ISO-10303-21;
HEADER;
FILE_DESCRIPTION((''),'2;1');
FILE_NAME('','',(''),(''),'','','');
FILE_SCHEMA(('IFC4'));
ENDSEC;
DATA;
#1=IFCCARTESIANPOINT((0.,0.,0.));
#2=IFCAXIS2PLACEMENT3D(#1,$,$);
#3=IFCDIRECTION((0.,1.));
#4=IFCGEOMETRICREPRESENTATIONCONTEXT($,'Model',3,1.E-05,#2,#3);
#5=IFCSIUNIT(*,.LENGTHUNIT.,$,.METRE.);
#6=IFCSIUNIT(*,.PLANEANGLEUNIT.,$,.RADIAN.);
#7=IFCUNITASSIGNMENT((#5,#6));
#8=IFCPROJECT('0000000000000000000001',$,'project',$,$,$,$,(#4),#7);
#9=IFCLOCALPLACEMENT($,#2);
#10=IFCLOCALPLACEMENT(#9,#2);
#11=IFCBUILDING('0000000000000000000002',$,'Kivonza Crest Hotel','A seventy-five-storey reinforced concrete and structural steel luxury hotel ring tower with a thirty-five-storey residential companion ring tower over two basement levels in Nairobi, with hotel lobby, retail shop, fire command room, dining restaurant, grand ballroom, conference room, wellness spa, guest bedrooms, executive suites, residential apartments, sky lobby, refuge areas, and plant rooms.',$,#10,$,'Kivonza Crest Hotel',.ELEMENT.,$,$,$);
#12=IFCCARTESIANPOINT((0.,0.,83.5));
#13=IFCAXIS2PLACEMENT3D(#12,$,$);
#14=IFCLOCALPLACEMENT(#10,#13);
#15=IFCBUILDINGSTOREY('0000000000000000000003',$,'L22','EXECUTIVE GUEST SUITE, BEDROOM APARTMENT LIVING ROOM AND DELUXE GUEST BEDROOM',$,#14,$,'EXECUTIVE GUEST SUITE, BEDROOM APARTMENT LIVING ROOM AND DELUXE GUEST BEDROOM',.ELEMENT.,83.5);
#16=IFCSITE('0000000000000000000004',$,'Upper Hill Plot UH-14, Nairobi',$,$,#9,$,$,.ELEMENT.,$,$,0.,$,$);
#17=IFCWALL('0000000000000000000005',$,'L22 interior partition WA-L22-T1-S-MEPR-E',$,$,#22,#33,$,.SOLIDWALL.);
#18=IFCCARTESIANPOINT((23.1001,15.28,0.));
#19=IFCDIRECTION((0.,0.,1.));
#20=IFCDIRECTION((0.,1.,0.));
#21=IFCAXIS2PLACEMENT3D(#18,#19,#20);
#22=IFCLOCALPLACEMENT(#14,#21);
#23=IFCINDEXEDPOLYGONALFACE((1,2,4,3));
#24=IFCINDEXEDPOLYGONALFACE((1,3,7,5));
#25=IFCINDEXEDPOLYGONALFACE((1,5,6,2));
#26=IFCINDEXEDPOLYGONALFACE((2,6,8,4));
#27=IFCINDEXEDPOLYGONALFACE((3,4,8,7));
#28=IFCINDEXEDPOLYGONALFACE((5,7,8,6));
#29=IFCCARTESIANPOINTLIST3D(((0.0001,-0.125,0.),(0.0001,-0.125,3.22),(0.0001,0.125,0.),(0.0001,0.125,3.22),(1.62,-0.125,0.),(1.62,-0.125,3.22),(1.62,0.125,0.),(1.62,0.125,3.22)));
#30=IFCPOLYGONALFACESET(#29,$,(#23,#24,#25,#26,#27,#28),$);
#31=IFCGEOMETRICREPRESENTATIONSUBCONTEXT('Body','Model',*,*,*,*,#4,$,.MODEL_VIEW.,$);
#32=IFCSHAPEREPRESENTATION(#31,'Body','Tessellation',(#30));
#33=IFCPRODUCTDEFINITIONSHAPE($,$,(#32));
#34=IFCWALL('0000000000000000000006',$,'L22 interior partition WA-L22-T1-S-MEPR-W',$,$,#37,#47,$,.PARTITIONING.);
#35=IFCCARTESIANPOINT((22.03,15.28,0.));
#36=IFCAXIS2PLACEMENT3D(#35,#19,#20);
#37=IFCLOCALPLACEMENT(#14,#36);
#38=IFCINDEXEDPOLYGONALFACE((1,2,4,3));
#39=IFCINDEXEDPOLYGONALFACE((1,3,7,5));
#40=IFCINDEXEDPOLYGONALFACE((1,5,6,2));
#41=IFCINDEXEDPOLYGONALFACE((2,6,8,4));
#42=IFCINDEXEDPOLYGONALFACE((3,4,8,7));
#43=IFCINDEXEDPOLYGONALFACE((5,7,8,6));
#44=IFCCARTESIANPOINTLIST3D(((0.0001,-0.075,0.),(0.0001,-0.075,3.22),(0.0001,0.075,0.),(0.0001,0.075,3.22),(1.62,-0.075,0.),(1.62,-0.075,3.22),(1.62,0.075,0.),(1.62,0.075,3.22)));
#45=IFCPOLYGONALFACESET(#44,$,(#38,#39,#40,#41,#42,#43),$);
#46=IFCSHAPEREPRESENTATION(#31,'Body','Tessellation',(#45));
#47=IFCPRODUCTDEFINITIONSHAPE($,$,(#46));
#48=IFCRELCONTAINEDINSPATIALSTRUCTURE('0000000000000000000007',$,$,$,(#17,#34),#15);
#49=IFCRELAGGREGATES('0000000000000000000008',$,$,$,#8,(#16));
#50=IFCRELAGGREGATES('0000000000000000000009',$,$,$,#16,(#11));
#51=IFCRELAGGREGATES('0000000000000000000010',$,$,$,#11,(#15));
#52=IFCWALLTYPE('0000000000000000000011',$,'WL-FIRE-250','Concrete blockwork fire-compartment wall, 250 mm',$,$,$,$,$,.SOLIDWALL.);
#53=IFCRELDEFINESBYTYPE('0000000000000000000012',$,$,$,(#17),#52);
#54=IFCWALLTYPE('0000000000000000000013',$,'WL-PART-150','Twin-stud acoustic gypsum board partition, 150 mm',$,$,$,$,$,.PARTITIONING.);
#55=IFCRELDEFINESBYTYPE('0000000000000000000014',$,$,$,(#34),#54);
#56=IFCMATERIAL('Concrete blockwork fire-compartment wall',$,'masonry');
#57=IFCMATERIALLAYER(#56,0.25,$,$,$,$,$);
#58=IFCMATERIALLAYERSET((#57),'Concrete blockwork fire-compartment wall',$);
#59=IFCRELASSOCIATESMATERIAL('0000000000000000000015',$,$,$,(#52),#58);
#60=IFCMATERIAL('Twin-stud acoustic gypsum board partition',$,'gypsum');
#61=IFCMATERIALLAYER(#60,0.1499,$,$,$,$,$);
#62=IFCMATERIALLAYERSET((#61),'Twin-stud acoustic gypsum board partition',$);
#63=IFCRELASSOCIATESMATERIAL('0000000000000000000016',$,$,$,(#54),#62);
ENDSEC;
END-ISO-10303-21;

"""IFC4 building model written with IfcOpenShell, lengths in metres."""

from ifc_helpers import new_model, si_unit, direction, frame, frame_2d, origin, place, context, subcontext, project, spatial, rectangle, extrude, material, layer, layer_set, type_object, element, save


model = new_model("IFC4")

# Units and contexts
model_context = context("Model", 3, precision=1e-05, world=origin(), true_north=direction((0.0, 1.0)))
body_context = subcontext(model_context, "Body", "Model", "MODEL_VIEW")
ifc_project = project(units=[si_unit("LENGTHUNIT", "METRE"), si_unit("PLANEANGLEUNIT", "RADIAN")], contexts=[model_context])

# Site, building, storey
site_placement = place(None, origin())
site = spatial("IfcSite", under=ifc_project, at=site_placement, Name="Upper Hill Plot UH-14, Nairobi", CompositionType="ELEMENT", RefElevation=0.0)
building_placement = place(site_placement, origin())
building = spatial("IfcBuilding", under=site, at=building_placement, Name="Kivonza Crest Hotel", Description="A seventy-five-storey reinforced concrete and structural steel luxury hotel ring tower with a thirty-five-storey residential companion ring tower over two basement levels in Nairobi, with hotel lobby, retail shop, fire command room, dining restaurant, grand ballroom, conference room, wellness spa, guest bedrooms, executive suites, residential apartments, sky lobby, refuge areas, and plant rooms.", LongName="Kivonza Crest Hotel", CompositionType="ELEMENT")
storey_placement = place(building_placement, frame((0.0, 0.0, 83.5)))
storey = spatial("IfcBuildingStorey", under=building, at=storey_placement, Name="L22", Description="EXECUTIVE GUEST SUITE, BEDROOM APARTMENT LIVING ROOM AND DELUXE GUEST BEDROOM", LongName="EXECUTIVE GUEST SUITE, BEDROOM APARTMENT LIVING ROOM AND DELUXE GUEST BEDROOM", CompositionType="ELEMENT", Elevation=83.5)

# Walls
ifc_material_1 = material(Name="Concrete blockwork fire-compartment wall", Category="masonry")
ifc_layer_1 = layer(ifc_material_1, 0.25)
ifc_layer_set_1 = layer_set([ifc_layer_1], Name="Concrete blockwork fire-compartment wall")
wall_type_1 = type_object("IfcWallType", Name="WL-FIRE-250", Description="Concrete blockwork fire-compartment wall, 250 mm", PredefinedType="SOLIDWALL", material=ifc_layer_set_1)
wall_1_placement = place(storey_placement, frame((23.1001, 15.28, 0.0), z_axis=(0.0, 0.0, 1.0), x_axis=(0.0, 1.0, 0.0)))
element("IfcWall", 1, at=wall_1_placement, inside=storey, type_object=wall_type_1, Name="L22 interior partition WA-L22-T1-S-MEPR-E", PredefinedType="SOLIDWALL", context=body_context, shape_type="SweptSolid", body=[
    extrude(rectangle(XDim=1.6199, YDim=0.25, at=frame_2d((0.8101, 0.0))), origin(), (0.0, 0.0, 1.0), 3.22),
])
ifc_material_2 = material(Name="Twin-stud acoustic gypsum board partition", Category="gypsum")
ifc_layer_2 = layer(ifc_material_2, 0.1499)
ifc_layer_set_2 = layer_set([ifc_layer_2], Name="Twin-stud acoustic gypsum board partition")
wall_type_2 = type_object("IfcWallType", Name="WL-PART-150", Description="Twin-stud acoustic gypsum board partition, 150 mm", PredefinedType="PARTITIONING", material=ifc_layer_set_2)
wall_2_placement = place(storey_placement, frame((22.03, 15.28, 0.0), z_axis=(0.0, 0.0, 1.0), x_axis=(0.0, 1.0, 0.0)))
element("IfcWall", 2, at=wall_2_placement, inside=storey, type_object=wall_type_2, Name="L22 interior partition WA-L22-T1-S-MEPR-W", PredefinedType="PARTITIONING", context=body_context, shape_type="SweptSolid", body=[
    extrude(rectangle(XDim=1.6199, YDim=0.1499, at=frame_2d((0.8101, 0.0))), origin(), (0.0, 0.0, 1.0), 3.22),
])

save(model, "model.ifc")
